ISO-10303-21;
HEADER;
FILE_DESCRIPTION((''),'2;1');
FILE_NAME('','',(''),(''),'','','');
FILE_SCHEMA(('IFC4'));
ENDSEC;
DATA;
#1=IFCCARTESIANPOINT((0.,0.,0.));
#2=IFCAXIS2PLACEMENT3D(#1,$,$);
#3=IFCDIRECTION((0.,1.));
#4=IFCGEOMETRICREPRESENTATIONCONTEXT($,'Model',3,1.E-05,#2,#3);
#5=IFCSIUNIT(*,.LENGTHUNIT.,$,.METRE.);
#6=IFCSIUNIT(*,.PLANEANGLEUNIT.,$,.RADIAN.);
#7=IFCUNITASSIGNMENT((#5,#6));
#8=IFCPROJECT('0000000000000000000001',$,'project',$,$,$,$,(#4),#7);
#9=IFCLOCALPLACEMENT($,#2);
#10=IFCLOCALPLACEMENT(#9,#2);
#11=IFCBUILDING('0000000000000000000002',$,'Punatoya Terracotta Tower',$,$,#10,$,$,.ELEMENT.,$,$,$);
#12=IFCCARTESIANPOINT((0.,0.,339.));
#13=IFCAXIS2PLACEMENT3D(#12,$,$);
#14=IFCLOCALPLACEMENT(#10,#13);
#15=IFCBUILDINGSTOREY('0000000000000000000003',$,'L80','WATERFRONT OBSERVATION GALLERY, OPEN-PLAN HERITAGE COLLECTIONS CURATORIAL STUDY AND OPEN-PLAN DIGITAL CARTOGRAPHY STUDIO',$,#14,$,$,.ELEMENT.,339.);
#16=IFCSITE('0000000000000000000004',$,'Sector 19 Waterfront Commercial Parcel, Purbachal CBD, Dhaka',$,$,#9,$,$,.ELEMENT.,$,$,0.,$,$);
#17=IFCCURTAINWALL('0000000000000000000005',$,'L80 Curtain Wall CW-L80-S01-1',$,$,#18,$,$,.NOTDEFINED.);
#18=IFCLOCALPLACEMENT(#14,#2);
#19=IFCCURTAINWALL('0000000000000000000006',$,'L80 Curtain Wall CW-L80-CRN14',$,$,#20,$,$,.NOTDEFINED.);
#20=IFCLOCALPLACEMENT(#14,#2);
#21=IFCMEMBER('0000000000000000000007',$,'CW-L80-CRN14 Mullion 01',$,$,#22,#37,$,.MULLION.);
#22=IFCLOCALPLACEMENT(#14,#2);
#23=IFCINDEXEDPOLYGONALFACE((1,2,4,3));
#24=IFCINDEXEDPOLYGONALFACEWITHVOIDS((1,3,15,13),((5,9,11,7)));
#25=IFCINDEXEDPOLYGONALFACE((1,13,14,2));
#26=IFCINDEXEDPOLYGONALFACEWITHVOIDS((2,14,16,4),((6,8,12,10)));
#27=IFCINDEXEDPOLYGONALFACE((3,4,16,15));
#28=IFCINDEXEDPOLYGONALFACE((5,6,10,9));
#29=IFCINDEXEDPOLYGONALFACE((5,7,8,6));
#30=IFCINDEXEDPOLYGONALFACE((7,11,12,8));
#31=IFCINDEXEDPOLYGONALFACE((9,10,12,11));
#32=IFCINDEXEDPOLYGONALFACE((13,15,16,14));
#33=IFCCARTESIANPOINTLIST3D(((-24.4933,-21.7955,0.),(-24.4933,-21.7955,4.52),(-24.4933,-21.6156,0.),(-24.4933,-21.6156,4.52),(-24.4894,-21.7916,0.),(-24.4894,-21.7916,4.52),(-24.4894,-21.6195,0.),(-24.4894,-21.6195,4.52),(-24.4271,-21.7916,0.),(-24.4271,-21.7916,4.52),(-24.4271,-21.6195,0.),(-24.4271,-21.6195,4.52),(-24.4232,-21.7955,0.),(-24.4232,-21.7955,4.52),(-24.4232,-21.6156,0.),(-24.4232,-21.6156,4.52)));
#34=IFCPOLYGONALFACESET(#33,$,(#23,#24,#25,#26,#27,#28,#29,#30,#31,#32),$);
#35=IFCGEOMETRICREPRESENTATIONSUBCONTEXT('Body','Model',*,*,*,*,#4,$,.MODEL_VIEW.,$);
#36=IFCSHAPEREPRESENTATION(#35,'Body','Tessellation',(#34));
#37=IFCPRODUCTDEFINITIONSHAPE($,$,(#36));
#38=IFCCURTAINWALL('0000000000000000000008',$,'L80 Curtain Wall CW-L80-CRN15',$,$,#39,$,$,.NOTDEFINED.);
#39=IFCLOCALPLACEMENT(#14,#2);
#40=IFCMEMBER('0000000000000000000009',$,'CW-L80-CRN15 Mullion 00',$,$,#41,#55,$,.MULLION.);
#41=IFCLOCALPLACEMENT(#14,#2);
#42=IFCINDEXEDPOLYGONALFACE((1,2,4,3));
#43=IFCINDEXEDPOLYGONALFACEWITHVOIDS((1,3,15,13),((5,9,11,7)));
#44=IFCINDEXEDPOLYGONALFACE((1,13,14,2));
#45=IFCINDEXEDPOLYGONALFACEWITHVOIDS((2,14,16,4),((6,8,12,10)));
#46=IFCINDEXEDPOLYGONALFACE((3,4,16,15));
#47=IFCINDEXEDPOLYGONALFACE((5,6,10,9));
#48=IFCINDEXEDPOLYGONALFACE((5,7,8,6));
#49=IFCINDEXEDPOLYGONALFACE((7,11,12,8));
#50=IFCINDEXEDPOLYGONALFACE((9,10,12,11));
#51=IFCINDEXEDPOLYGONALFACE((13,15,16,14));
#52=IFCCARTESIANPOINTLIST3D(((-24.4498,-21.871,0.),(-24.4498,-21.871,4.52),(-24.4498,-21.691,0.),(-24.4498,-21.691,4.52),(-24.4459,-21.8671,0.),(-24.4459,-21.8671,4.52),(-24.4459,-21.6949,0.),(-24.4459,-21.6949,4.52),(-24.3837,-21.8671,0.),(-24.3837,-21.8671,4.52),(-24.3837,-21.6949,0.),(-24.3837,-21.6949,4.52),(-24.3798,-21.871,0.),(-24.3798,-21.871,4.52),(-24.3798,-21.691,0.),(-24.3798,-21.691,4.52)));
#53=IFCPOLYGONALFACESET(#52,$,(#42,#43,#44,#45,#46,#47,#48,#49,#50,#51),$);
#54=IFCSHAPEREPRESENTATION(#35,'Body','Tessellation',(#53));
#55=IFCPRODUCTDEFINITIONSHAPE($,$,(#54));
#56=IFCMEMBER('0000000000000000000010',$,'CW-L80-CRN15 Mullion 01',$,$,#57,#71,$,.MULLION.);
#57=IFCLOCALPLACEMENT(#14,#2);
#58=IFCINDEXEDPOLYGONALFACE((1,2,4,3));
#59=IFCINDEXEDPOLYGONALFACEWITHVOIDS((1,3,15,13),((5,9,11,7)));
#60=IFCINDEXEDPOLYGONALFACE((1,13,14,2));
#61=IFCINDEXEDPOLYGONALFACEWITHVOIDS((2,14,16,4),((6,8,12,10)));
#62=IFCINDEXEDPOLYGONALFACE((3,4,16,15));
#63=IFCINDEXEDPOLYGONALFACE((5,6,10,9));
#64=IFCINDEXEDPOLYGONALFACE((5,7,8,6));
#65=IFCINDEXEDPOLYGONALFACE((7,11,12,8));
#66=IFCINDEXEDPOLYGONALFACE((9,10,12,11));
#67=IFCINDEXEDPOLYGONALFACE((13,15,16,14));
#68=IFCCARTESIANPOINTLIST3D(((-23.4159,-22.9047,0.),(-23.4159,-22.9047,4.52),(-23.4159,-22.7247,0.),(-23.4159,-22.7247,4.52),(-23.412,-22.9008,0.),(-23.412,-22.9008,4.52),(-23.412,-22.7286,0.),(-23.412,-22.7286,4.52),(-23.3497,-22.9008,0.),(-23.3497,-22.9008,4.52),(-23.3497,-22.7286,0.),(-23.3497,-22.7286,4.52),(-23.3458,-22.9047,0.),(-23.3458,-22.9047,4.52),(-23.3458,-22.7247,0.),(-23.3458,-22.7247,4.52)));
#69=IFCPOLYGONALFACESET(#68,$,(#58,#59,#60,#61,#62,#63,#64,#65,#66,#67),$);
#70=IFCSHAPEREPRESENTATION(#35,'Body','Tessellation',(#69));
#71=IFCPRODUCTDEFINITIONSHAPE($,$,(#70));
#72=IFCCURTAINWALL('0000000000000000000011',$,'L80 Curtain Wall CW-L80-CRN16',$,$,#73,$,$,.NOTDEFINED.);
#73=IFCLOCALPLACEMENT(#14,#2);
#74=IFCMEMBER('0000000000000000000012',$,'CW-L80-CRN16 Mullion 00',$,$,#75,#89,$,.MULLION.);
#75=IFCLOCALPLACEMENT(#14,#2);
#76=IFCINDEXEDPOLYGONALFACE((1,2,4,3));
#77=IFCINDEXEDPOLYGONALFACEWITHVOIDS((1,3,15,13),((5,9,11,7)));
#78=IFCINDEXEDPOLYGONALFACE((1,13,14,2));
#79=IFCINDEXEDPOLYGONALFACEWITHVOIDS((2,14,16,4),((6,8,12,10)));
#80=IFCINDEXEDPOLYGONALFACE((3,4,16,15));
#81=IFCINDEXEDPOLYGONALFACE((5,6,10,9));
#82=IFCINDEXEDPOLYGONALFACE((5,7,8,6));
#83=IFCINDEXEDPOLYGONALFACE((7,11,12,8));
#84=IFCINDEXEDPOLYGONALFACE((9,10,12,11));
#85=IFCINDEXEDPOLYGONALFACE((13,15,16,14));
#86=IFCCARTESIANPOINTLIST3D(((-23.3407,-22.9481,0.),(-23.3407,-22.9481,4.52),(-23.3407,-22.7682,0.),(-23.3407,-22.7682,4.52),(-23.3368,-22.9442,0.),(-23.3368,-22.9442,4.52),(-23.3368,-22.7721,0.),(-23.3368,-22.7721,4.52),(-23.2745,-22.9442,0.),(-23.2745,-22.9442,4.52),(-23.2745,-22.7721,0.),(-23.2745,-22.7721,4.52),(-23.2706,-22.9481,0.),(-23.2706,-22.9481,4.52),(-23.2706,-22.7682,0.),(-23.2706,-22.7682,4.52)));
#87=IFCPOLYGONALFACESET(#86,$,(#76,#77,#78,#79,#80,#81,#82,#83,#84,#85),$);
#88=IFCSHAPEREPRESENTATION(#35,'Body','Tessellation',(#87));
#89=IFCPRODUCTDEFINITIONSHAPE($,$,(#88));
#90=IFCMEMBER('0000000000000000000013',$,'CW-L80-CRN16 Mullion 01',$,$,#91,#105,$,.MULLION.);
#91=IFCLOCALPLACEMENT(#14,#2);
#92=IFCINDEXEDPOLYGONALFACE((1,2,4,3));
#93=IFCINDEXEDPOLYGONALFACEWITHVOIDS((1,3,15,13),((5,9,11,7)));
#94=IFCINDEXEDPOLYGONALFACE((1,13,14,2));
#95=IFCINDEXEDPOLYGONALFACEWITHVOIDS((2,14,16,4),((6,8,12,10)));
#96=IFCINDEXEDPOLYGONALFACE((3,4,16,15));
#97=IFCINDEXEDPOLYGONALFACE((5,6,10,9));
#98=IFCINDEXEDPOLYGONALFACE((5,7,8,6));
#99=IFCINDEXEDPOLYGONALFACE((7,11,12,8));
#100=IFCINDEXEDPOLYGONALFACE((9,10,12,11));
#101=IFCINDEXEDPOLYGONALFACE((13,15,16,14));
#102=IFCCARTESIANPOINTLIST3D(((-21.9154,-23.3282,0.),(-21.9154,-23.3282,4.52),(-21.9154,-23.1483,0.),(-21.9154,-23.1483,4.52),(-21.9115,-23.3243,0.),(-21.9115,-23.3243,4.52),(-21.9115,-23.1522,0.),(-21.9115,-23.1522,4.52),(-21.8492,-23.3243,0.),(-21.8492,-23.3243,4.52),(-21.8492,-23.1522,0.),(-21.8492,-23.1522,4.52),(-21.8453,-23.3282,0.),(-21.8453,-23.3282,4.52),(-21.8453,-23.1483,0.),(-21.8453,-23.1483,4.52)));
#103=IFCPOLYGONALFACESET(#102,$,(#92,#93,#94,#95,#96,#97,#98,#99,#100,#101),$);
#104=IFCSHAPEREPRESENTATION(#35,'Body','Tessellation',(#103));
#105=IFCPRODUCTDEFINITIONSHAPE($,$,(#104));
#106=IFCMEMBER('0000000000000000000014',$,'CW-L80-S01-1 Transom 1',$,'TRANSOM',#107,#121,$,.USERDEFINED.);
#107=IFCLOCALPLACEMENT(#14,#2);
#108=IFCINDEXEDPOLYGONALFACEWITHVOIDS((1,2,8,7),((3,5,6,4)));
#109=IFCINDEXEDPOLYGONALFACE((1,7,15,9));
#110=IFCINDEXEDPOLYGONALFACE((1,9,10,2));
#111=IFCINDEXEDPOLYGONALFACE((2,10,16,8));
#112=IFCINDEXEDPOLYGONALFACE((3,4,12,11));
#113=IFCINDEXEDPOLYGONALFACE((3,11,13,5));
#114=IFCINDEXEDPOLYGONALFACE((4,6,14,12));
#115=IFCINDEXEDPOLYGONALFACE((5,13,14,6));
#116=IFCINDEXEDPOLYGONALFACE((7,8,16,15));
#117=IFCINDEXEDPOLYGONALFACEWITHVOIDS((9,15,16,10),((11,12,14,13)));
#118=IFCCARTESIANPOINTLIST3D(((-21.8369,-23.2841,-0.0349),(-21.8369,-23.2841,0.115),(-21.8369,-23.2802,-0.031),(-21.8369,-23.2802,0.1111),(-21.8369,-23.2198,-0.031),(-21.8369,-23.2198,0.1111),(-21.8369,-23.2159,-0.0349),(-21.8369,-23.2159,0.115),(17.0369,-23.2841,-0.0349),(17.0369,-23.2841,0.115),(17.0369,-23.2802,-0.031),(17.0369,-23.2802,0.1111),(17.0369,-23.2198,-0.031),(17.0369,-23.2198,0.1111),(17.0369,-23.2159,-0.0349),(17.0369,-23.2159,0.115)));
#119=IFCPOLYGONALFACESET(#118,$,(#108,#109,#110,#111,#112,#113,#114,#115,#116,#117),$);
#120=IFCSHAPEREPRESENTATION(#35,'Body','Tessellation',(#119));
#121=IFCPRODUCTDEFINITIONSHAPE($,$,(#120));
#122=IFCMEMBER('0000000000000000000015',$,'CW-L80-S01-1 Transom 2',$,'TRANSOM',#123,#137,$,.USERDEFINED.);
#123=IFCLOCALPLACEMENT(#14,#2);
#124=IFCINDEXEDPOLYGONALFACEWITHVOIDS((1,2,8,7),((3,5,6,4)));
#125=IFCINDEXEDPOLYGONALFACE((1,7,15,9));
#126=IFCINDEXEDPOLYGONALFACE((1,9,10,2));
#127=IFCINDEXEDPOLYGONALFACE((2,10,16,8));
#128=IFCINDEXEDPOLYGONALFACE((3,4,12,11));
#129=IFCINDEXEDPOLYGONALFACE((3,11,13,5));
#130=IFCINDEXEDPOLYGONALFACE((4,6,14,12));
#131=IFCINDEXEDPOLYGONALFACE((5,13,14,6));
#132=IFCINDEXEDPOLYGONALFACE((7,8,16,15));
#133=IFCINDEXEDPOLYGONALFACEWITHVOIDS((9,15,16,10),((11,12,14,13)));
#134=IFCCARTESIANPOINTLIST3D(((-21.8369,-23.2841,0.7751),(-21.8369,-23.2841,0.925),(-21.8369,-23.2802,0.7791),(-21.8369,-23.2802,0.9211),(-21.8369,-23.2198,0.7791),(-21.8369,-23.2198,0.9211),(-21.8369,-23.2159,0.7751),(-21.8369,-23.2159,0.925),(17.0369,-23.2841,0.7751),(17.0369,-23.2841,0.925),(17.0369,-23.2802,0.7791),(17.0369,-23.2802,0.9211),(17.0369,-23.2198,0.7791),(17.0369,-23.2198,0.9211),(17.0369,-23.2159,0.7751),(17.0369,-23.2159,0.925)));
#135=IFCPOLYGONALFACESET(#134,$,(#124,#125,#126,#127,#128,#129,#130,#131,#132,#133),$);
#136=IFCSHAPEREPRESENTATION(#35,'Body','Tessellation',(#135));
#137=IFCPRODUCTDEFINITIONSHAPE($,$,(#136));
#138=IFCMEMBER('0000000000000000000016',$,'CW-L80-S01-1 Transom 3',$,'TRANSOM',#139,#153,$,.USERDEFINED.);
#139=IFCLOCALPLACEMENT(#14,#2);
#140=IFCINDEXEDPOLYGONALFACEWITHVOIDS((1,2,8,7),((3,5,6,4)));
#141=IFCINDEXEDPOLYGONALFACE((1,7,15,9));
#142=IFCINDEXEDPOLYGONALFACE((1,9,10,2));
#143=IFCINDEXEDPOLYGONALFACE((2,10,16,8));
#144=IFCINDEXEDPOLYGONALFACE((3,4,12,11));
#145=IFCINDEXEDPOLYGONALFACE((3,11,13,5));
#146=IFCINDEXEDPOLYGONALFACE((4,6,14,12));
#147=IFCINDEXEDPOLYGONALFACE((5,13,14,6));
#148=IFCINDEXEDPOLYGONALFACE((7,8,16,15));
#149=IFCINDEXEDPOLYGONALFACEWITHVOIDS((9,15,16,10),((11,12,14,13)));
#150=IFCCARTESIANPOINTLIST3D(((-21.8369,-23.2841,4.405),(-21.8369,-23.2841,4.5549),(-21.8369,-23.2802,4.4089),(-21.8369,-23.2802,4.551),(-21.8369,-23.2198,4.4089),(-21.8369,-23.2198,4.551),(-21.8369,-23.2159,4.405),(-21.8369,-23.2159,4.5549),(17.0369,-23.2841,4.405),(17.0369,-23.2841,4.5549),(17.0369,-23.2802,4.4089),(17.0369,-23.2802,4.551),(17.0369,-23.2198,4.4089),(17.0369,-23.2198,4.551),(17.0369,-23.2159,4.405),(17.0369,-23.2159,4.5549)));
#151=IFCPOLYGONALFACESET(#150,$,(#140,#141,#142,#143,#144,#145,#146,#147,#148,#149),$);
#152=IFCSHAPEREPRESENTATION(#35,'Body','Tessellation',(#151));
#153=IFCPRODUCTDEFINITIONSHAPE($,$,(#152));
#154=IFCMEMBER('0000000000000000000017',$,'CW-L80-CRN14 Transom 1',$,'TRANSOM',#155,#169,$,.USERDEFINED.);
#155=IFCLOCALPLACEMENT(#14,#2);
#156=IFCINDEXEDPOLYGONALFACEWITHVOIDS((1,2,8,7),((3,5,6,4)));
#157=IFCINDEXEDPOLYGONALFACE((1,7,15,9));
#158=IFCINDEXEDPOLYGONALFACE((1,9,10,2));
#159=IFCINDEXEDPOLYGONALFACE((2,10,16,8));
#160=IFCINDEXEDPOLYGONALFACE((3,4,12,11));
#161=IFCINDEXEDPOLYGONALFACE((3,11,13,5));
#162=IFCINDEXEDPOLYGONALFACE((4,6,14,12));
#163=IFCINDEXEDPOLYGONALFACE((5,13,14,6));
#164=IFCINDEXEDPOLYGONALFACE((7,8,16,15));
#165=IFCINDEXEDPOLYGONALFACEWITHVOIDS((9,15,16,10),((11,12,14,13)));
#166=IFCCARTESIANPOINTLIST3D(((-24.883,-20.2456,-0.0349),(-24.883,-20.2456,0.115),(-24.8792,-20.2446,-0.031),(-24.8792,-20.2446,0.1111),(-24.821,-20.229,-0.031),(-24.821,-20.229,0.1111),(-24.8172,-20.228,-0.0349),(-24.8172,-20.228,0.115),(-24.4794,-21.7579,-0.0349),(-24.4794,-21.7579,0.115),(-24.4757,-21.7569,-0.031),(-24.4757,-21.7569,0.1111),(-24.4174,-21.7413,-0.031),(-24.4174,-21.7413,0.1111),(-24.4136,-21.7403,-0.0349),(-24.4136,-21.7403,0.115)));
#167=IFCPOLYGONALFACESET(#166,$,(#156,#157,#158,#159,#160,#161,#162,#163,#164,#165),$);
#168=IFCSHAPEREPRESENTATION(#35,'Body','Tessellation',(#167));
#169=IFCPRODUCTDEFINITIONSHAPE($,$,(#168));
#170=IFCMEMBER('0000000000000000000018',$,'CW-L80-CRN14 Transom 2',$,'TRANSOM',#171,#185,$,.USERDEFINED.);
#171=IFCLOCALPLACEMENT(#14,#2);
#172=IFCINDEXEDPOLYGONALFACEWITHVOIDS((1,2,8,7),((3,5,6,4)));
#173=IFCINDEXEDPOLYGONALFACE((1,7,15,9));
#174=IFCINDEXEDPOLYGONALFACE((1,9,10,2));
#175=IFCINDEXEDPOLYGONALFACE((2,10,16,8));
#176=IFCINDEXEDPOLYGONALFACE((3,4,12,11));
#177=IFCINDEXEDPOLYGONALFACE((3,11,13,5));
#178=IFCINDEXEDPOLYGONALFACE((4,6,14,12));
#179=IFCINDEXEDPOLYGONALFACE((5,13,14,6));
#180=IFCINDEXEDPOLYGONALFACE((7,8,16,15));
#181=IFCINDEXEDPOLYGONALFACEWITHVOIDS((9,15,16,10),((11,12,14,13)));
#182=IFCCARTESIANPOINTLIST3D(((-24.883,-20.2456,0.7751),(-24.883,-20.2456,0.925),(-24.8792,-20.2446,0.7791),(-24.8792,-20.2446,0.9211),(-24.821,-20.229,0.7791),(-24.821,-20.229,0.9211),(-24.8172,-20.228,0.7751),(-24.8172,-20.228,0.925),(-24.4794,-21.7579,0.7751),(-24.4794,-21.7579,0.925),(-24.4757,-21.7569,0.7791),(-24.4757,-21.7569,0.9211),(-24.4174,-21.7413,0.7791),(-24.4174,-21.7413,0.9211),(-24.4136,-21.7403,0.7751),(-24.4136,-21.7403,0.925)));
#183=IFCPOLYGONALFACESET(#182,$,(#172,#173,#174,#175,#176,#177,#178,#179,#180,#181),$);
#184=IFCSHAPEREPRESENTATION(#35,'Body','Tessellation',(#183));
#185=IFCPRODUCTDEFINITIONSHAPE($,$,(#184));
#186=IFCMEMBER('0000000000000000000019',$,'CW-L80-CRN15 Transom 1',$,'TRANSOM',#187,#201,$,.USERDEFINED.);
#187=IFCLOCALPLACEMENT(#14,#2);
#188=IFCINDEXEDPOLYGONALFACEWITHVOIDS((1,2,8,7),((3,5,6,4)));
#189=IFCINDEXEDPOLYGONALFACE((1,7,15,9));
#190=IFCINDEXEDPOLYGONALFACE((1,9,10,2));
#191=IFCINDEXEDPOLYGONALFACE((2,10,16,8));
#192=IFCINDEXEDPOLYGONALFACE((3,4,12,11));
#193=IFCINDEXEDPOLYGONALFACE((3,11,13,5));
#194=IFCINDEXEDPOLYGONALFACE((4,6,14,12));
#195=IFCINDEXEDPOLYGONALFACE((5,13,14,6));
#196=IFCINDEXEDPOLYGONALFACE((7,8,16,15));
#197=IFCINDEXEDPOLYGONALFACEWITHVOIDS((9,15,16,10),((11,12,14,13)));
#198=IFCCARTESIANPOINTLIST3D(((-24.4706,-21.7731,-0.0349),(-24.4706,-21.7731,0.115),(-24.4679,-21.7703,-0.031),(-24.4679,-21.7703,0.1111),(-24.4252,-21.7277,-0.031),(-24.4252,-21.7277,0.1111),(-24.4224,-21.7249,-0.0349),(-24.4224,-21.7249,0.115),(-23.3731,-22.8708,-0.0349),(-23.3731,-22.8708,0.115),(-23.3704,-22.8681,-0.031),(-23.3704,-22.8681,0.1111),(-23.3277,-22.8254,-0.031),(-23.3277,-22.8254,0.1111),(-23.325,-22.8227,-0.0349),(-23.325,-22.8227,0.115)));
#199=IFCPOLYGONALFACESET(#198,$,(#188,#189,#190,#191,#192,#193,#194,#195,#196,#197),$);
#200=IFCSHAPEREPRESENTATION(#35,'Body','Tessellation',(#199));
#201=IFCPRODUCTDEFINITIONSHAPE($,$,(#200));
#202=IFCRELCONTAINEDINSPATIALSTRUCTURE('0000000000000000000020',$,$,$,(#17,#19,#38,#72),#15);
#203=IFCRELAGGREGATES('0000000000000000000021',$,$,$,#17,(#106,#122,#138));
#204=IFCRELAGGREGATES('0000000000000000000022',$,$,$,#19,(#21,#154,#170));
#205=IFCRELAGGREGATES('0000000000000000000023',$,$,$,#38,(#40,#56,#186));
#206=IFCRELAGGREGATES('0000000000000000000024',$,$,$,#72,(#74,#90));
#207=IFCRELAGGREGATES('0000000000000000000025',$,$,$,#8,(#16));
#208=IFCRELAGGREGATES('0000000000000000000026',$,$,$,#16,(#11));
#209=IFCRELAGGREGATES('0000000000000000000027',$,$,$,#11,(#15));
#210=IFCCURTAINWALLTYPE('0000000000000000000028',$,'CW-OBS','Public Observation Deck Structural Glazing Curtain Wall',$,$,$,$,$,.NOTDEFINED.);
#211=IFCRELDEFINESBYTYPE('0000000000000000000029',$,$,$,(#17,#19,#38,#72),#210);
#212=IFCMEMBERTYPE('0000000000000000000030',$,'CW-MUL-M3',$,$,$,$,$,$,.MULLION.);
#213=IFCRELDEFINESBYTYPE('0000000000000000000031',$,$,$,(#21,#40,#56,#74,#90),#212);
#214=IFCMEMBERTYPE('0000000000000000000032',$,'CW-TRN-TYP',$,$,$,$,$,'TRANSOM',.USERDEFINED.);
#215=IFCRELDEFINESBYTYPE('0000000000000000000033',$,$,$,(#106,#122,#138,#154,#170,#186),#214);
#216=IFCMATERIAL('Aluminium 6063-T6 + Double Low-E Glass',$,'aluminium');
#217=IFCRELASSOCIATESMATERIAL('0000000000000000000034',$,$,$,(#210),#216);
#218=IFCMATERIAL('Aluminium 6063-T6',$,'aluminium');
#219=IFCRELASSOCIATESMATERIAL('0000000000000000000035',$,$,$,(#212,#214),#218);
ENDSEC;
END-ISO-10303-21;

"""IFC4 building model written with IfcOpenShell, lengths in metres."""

from ifc_helpers import new_model, si_unit, direction, frame, origin, origin_2d, place, context, subcontext, project, spatial, hollow_rectangle, extrude, material, material_profile, profile_set, type_object, element, aggregate, save


model = new_model("IFC4")

# Units and contexts
model_context = context("Model", 3, precision=1e-05, world=origin(), true_north=direction((0.0, 1.0)))
body_context = subcontext(model_context, "Body", "Model", "MODEL_VIEW")
ifc_project = project(units=[si_unit("LENGTHUNIT", "METRE"), si_unit("PLANEANGLEUNIT", "RADIAN")], contexts=[model_context])

# Site, building, storey
site_placement = place(None, origin())
site = spatial("IfcSite", under=ifc_project, at=site_placement, Name="Sector 19 Waterfront Commercial Parcel, Purbachal CBD, Dhaka", CompositionType="ELEMENT", RefElevation=0.0)
building_placement = place(site_placement, origin())
building = spatial("IfcBuilding", under=site, at=building_placement, Name="Punatoya Terracotta Tower", CompositionType="ELEMENT")
storey_placement = place(building_placement, frame((0.0, 0.0, 339.0)))
storey = spatial("IfcBuildingStorey", under=building, at=storey_placement, Name="L80", Description="WATERFRONT OBSERVATION GALLERY, OPEN-PLAN HERITAGE COLLECTIONS CURATORIAL STUDY AND OPEN-PLAN DIGITAL CARTOGRAPHY STUDIO", CompositionType="ELEMENT", Elevation=339.0)

# Curtain wall
ifc_material_1 = material(Name="Aluminium 6063-T6 + Double Low-E Glass", Category="aluminium")
curtain_wall_type = type_object("IfcCurtainWallType", Name="CW-OBS", Description="Public Observation Deck Structural Glazing Curtain Wall", PredefinedType="NOTDEFINED", material=ifc_material_1)
curtain_wall_1_placement = place(storey_placement, origin())
curtain_wall_1 = element("IfcCurtainWall", 1, at=curtain_wall_1_placement, inside=storey, type_object=curtain_wall_type, Name="L80 Curtain Wall CW-L80-S01-1", PredefinedType="NOTDEFINED")
ifc_material_2 = material(Name="Aluminium 6063-T6", Category="aluminium")
ifc_material_profile_1 = material_profile(ifc_material_2, hollow_rectangle(XDim=0.0701, YDim=0.1799, WallThickness=0.0039, at=origin_2d()))
ifc_profile_set_1 = profile_set([ifc_material_profile_1], Name="Aluminium 6063-T6")
member_type_1 = type_object("IfcMemberType", Name="CW-MUL-M3", PredefinedType="MULLION", material=ifc_profile_set_1)

# Curtain walls, members
curtain_wall_2_placement = place(storey_placement, origin())
curtain_wall_2 = element("IfcCurtainWall", 2, at=curtain_wall_2_placement, inside=storey, type_object=curtain_wall_type, Name="L80 Curtain Wall CW-L80-CRN14", PredefinedType="NOTDEFINED")
member_1_placement = place(storey_placement, frame((-24.4583, -21.7056, 0.0), z_axis=(0.0, 0.0, 1.0), x_axis=(1.0, 0.0, 0.0)))
member_1 = element("IfcMember", 3, at=member_1_placement, type_object=member_type_1, Name="CW-L80-CRN14 Mullion 01", PredefinedType="MULLION", context=body_context, shape_type="SweptSolid", body=[
    extrude(hollow_rectangle(XDim=0.0701, YDim=0.1799, WallThickness=0.0039, at=origin_2d()), origin(), (0.0, 0.0, 1.0), 4.52),
])
curtain_wall_3_placement = place(storey_placement, origin())
curtain_wall_3 = element("IfcCurtainWall", 4, at=curtain_wall_3_placement, inside=storey, type_object=curtain_wall_type, Name="L80 Curtain Wall CW-L80-CRN15", PredefinedType="NOTDEFINED")
member_2_placement = place(storey_placement, frame((-24.4148, -21.781, 0.0), z_axis=(0.0, 0.0, 1.0), x_axis=(1.0, 0.0, 0.0)))
member_2 = element("IfcMember", 5, at=member_2_placement, type_object=member_type_1, Name="CW-L80-CRN15 Mullion 00", PredefinedType="MULLION", context=body_context, shape_type="SweptSolid", body=[
    extrude(hollow_rectangle(XDim=0.0701, YDim=0.1799, WallThickness=0.0039, at=origin_2d()), origin(), (0.0, 0.0, 1.0), 4.52),
])
member_3_placement = place(storey_placement, frame((-23.3809, -22.8147, 0.0), z_axis=(0.0, 0.0, 1.0), x_axis=(1.0, 0.0, 0.0)))
member_3 = element("IfcMember", 6, at=member_3_placement, type_object=member_type_1, Name="CW-L80-CRN15 Mullion 01", PredefinedType="MULLION", context=body_context, shape_type="SweptSolid", body=[
    extrude(hollow_rectangle(XDim=0.0701, YDim=0.1799, WallThickness=0.0039, at=origin_2d()), origin(), (0.0, 0.0, 1.0), 4.52),
])
curtain_wall_4_placement = place(storey_placement, origin())
curtain_wall_4 = element("IfcCurtainWall", 7, at=curtain_wall_4_placement, inside=storey, type_object=curtain_wall_type, Name="L80 Curtain Wall CW-L80-CRN16", PredefinedType="NOTDEFINED")
member_4_placement = place(storey_placement, frame((-23.3057, -22.8582, 0.0), z_axis=(0.0, 0.0, 1.0), x_axis=(1.0, 0.0, 0.0)))
member_4 = element("IfcMember", 8, at=member_4_placement, type_object=member_type_1, Name="CW-L80-CRN16 Mullion 00", PredefinedType="MULLION", context=body_context, shape_type="SweptSolid", body=[
    extrude(hollow_rectangle(XDim=0.0701, YDim=0.1799, WallThickness=0.0039, at=origin_2d()), origin(), (0.0, 0.0, 1.0), 4.52),
])
member_5_placement = place(storey_placement, frame((-21.8804, -23.2383, 0.0), z_axis=(0.0, 0.0, 1.0), x_axis=(1.0, 0.0, 0.0)))
member_5 = element("IfcMember", 9, at=member_5_placement, type_object=member_type_1, Name="CW-L80-CRN16 Mullion 01", PredefinedType="MULLION", context=body_context, shape_type="SweptSolid", body=[
    extrude(hollow_rectangle(XDim=0.0701, YDim=0.1799, WallThickness=0.0039, at=origin_2d()), origin(), (0.0, 0.0, 1.0), 4.52),
])

# Members
ifc_material_profile_2 = material_profile(ifc_material_2, hollow_rectangle(XDim=0.0681, YDim=0.1499, WallThickness=0.0039, at=origin_2d()))
ifc_profile_set_2 = profile_set([ifc_material_profile_2], Name="Aluminium 6063-T6")
member_type_2 = type_object("IfcMemberType", Name="CW-TRN-TYP", ElementType="TRANSOM", PredefinedType="USERDEFINED", material=ifc_profile_set_2)
member_6_placement = place(storey_placement, frame((-21.8369, -23.25, 0.04), z_axis=(1.0, 0.0, 0.0), x_axis=(0.0, 1.0, 0.0)))
member_6 = element("IfcMember", 10, at=member_6_placement, type_object=member_type_2, Name="CW-L80-S01-1 Transom 1", ObjectType="TRANSOM", PredefinedType="USERDEFINED", context=body_context, shape_type="SweptSolid", body=[
    extrude(hollow_rectangle(XDim=0.0681, YDim=0.1499, WallThickness=0.0039, at=origin_2d()), origin(), (0.0, 0.0, 1.0), 38.8738),
])
member_7_placement = place(storey_placement, frame((-21.8369, -23.25, 0.8501), z_axis=(1.0, 0.0, 0.0), x_axis=(0.0, 1.0, 0.0)))
member_7 = element("IfcMember", 11, at=member_7_placement, type_object=member_type_2, Name="CW-L80-S01-1 Transom 2", ObjectType="TRANSOM", PredefinedType="USERDEFINED", context=body_context, shape_type="SweptSolid", body=[
    extrude(hollow_rectangle(XDim=0.0681, YDim=0.1499, WallThickness=0.0039, at=origin_2d()), origin(), (0.0, 0.0, 1.0), 38.8738),
])
member_8_placement = place(storey_placement, frame((-21.8369, -23.25, 4.48), z_axis=(1.0, 0.0, 0.0), x_axis=(0.0, 1.0, 0.0)))
member_8 = element("IfcMember", 12, at=member_8_placement, type_object=member_type_2, Name="CW-L80-S01-1 Transom 3", ObjectType="TRANSOM", PredefinedType="USERDEFINED", context=body_context, shape_type="SweptSolid", body=[
    extrude(hollow_rectangle(XDim=0.0681, YDim=0.1499, WallThickness=0.0039, at=origin_2d()), origin(), (0.0, 0.0, 1.0), 38.8738),
])
member_9_placement = place(storey_placement, frame((-24.8501, -20.2368, 0.04), z_axis=(0.257847, -0.966186, 0.0), x_axis=(0.966186, 0.257847, 0.0)))
member_9 = element("IfcMember", 13, at=member_9_placement, type_object=member_type_2, Name="CW-L80-CRN14 Transom 1", ObjectType="TRANSOM", PredefinedType="USERDEFINED", context=body_context, shape_type="SweptSolid", body=[
    extrude(hollow_rectangle(XDim=0.0681, YDim=0.1499, WallThickness=0.0039, at=origin_2d()), origin(), (0.0, 0.0, 1.0), 1.5652),
])
member_10_placement = place(storey_placement, frame((-24.8501, -20.2368, 0.8501), z_axis=(0.257847, -0.966186, 0.0), x_axis=(0.966186, 0.257847, 0.0)))
member_10 = element("IfcMember", 14, at=member_10_placement, type_object=member_type_2, Name="CW-L80-CRN14 Transom 2", ObjectType="TRANSOM", PredefinedType="USERDEFINED", context=body_context, shape_type="SweptSolid", body=[
    extrude(hollow_rectangle(XDim=0.0681, YDim=0.1499, WallThickness=0.0039, at=origin_2d()), origin(), (0.0, 0.0, 1.0), 1.5652),
])
member_11_placement = place(storey_placement, frame((-24.4465, -21.749, 0.04), z_axis=(0.707028, -0.707185, 0.0), x_axis=(0.707185, 0.707028, 0.0)))
member_11 = element("IfcMember", 15, at=member_11_placement, type_object=member_type_2, Name="CW-L80-CRN15 Transom 1", ObjectType="TRANSOM", PredefinedType="USERDEFINED", context=body_context, shape_type="SweptSolid", body=[
    extrude(hollow_rectangle(XDim=0.0681, YDim=0.1499, WallThickness=0.0039, at=origin_2d()), origin(), (0.0, 0.0, 1.0), 1.5522),
])

aggregate(curtain_wall_1, [member_6, member_7, member_8])
aggregate(curtain_wall_2, [member_1, member_9, member_10])
aggregate(curtain_wall_3, [member_2, member_3, member_11])
aggregate(curtain_wall_4, [member_4, member_5])

save(model, "model.ifc")
